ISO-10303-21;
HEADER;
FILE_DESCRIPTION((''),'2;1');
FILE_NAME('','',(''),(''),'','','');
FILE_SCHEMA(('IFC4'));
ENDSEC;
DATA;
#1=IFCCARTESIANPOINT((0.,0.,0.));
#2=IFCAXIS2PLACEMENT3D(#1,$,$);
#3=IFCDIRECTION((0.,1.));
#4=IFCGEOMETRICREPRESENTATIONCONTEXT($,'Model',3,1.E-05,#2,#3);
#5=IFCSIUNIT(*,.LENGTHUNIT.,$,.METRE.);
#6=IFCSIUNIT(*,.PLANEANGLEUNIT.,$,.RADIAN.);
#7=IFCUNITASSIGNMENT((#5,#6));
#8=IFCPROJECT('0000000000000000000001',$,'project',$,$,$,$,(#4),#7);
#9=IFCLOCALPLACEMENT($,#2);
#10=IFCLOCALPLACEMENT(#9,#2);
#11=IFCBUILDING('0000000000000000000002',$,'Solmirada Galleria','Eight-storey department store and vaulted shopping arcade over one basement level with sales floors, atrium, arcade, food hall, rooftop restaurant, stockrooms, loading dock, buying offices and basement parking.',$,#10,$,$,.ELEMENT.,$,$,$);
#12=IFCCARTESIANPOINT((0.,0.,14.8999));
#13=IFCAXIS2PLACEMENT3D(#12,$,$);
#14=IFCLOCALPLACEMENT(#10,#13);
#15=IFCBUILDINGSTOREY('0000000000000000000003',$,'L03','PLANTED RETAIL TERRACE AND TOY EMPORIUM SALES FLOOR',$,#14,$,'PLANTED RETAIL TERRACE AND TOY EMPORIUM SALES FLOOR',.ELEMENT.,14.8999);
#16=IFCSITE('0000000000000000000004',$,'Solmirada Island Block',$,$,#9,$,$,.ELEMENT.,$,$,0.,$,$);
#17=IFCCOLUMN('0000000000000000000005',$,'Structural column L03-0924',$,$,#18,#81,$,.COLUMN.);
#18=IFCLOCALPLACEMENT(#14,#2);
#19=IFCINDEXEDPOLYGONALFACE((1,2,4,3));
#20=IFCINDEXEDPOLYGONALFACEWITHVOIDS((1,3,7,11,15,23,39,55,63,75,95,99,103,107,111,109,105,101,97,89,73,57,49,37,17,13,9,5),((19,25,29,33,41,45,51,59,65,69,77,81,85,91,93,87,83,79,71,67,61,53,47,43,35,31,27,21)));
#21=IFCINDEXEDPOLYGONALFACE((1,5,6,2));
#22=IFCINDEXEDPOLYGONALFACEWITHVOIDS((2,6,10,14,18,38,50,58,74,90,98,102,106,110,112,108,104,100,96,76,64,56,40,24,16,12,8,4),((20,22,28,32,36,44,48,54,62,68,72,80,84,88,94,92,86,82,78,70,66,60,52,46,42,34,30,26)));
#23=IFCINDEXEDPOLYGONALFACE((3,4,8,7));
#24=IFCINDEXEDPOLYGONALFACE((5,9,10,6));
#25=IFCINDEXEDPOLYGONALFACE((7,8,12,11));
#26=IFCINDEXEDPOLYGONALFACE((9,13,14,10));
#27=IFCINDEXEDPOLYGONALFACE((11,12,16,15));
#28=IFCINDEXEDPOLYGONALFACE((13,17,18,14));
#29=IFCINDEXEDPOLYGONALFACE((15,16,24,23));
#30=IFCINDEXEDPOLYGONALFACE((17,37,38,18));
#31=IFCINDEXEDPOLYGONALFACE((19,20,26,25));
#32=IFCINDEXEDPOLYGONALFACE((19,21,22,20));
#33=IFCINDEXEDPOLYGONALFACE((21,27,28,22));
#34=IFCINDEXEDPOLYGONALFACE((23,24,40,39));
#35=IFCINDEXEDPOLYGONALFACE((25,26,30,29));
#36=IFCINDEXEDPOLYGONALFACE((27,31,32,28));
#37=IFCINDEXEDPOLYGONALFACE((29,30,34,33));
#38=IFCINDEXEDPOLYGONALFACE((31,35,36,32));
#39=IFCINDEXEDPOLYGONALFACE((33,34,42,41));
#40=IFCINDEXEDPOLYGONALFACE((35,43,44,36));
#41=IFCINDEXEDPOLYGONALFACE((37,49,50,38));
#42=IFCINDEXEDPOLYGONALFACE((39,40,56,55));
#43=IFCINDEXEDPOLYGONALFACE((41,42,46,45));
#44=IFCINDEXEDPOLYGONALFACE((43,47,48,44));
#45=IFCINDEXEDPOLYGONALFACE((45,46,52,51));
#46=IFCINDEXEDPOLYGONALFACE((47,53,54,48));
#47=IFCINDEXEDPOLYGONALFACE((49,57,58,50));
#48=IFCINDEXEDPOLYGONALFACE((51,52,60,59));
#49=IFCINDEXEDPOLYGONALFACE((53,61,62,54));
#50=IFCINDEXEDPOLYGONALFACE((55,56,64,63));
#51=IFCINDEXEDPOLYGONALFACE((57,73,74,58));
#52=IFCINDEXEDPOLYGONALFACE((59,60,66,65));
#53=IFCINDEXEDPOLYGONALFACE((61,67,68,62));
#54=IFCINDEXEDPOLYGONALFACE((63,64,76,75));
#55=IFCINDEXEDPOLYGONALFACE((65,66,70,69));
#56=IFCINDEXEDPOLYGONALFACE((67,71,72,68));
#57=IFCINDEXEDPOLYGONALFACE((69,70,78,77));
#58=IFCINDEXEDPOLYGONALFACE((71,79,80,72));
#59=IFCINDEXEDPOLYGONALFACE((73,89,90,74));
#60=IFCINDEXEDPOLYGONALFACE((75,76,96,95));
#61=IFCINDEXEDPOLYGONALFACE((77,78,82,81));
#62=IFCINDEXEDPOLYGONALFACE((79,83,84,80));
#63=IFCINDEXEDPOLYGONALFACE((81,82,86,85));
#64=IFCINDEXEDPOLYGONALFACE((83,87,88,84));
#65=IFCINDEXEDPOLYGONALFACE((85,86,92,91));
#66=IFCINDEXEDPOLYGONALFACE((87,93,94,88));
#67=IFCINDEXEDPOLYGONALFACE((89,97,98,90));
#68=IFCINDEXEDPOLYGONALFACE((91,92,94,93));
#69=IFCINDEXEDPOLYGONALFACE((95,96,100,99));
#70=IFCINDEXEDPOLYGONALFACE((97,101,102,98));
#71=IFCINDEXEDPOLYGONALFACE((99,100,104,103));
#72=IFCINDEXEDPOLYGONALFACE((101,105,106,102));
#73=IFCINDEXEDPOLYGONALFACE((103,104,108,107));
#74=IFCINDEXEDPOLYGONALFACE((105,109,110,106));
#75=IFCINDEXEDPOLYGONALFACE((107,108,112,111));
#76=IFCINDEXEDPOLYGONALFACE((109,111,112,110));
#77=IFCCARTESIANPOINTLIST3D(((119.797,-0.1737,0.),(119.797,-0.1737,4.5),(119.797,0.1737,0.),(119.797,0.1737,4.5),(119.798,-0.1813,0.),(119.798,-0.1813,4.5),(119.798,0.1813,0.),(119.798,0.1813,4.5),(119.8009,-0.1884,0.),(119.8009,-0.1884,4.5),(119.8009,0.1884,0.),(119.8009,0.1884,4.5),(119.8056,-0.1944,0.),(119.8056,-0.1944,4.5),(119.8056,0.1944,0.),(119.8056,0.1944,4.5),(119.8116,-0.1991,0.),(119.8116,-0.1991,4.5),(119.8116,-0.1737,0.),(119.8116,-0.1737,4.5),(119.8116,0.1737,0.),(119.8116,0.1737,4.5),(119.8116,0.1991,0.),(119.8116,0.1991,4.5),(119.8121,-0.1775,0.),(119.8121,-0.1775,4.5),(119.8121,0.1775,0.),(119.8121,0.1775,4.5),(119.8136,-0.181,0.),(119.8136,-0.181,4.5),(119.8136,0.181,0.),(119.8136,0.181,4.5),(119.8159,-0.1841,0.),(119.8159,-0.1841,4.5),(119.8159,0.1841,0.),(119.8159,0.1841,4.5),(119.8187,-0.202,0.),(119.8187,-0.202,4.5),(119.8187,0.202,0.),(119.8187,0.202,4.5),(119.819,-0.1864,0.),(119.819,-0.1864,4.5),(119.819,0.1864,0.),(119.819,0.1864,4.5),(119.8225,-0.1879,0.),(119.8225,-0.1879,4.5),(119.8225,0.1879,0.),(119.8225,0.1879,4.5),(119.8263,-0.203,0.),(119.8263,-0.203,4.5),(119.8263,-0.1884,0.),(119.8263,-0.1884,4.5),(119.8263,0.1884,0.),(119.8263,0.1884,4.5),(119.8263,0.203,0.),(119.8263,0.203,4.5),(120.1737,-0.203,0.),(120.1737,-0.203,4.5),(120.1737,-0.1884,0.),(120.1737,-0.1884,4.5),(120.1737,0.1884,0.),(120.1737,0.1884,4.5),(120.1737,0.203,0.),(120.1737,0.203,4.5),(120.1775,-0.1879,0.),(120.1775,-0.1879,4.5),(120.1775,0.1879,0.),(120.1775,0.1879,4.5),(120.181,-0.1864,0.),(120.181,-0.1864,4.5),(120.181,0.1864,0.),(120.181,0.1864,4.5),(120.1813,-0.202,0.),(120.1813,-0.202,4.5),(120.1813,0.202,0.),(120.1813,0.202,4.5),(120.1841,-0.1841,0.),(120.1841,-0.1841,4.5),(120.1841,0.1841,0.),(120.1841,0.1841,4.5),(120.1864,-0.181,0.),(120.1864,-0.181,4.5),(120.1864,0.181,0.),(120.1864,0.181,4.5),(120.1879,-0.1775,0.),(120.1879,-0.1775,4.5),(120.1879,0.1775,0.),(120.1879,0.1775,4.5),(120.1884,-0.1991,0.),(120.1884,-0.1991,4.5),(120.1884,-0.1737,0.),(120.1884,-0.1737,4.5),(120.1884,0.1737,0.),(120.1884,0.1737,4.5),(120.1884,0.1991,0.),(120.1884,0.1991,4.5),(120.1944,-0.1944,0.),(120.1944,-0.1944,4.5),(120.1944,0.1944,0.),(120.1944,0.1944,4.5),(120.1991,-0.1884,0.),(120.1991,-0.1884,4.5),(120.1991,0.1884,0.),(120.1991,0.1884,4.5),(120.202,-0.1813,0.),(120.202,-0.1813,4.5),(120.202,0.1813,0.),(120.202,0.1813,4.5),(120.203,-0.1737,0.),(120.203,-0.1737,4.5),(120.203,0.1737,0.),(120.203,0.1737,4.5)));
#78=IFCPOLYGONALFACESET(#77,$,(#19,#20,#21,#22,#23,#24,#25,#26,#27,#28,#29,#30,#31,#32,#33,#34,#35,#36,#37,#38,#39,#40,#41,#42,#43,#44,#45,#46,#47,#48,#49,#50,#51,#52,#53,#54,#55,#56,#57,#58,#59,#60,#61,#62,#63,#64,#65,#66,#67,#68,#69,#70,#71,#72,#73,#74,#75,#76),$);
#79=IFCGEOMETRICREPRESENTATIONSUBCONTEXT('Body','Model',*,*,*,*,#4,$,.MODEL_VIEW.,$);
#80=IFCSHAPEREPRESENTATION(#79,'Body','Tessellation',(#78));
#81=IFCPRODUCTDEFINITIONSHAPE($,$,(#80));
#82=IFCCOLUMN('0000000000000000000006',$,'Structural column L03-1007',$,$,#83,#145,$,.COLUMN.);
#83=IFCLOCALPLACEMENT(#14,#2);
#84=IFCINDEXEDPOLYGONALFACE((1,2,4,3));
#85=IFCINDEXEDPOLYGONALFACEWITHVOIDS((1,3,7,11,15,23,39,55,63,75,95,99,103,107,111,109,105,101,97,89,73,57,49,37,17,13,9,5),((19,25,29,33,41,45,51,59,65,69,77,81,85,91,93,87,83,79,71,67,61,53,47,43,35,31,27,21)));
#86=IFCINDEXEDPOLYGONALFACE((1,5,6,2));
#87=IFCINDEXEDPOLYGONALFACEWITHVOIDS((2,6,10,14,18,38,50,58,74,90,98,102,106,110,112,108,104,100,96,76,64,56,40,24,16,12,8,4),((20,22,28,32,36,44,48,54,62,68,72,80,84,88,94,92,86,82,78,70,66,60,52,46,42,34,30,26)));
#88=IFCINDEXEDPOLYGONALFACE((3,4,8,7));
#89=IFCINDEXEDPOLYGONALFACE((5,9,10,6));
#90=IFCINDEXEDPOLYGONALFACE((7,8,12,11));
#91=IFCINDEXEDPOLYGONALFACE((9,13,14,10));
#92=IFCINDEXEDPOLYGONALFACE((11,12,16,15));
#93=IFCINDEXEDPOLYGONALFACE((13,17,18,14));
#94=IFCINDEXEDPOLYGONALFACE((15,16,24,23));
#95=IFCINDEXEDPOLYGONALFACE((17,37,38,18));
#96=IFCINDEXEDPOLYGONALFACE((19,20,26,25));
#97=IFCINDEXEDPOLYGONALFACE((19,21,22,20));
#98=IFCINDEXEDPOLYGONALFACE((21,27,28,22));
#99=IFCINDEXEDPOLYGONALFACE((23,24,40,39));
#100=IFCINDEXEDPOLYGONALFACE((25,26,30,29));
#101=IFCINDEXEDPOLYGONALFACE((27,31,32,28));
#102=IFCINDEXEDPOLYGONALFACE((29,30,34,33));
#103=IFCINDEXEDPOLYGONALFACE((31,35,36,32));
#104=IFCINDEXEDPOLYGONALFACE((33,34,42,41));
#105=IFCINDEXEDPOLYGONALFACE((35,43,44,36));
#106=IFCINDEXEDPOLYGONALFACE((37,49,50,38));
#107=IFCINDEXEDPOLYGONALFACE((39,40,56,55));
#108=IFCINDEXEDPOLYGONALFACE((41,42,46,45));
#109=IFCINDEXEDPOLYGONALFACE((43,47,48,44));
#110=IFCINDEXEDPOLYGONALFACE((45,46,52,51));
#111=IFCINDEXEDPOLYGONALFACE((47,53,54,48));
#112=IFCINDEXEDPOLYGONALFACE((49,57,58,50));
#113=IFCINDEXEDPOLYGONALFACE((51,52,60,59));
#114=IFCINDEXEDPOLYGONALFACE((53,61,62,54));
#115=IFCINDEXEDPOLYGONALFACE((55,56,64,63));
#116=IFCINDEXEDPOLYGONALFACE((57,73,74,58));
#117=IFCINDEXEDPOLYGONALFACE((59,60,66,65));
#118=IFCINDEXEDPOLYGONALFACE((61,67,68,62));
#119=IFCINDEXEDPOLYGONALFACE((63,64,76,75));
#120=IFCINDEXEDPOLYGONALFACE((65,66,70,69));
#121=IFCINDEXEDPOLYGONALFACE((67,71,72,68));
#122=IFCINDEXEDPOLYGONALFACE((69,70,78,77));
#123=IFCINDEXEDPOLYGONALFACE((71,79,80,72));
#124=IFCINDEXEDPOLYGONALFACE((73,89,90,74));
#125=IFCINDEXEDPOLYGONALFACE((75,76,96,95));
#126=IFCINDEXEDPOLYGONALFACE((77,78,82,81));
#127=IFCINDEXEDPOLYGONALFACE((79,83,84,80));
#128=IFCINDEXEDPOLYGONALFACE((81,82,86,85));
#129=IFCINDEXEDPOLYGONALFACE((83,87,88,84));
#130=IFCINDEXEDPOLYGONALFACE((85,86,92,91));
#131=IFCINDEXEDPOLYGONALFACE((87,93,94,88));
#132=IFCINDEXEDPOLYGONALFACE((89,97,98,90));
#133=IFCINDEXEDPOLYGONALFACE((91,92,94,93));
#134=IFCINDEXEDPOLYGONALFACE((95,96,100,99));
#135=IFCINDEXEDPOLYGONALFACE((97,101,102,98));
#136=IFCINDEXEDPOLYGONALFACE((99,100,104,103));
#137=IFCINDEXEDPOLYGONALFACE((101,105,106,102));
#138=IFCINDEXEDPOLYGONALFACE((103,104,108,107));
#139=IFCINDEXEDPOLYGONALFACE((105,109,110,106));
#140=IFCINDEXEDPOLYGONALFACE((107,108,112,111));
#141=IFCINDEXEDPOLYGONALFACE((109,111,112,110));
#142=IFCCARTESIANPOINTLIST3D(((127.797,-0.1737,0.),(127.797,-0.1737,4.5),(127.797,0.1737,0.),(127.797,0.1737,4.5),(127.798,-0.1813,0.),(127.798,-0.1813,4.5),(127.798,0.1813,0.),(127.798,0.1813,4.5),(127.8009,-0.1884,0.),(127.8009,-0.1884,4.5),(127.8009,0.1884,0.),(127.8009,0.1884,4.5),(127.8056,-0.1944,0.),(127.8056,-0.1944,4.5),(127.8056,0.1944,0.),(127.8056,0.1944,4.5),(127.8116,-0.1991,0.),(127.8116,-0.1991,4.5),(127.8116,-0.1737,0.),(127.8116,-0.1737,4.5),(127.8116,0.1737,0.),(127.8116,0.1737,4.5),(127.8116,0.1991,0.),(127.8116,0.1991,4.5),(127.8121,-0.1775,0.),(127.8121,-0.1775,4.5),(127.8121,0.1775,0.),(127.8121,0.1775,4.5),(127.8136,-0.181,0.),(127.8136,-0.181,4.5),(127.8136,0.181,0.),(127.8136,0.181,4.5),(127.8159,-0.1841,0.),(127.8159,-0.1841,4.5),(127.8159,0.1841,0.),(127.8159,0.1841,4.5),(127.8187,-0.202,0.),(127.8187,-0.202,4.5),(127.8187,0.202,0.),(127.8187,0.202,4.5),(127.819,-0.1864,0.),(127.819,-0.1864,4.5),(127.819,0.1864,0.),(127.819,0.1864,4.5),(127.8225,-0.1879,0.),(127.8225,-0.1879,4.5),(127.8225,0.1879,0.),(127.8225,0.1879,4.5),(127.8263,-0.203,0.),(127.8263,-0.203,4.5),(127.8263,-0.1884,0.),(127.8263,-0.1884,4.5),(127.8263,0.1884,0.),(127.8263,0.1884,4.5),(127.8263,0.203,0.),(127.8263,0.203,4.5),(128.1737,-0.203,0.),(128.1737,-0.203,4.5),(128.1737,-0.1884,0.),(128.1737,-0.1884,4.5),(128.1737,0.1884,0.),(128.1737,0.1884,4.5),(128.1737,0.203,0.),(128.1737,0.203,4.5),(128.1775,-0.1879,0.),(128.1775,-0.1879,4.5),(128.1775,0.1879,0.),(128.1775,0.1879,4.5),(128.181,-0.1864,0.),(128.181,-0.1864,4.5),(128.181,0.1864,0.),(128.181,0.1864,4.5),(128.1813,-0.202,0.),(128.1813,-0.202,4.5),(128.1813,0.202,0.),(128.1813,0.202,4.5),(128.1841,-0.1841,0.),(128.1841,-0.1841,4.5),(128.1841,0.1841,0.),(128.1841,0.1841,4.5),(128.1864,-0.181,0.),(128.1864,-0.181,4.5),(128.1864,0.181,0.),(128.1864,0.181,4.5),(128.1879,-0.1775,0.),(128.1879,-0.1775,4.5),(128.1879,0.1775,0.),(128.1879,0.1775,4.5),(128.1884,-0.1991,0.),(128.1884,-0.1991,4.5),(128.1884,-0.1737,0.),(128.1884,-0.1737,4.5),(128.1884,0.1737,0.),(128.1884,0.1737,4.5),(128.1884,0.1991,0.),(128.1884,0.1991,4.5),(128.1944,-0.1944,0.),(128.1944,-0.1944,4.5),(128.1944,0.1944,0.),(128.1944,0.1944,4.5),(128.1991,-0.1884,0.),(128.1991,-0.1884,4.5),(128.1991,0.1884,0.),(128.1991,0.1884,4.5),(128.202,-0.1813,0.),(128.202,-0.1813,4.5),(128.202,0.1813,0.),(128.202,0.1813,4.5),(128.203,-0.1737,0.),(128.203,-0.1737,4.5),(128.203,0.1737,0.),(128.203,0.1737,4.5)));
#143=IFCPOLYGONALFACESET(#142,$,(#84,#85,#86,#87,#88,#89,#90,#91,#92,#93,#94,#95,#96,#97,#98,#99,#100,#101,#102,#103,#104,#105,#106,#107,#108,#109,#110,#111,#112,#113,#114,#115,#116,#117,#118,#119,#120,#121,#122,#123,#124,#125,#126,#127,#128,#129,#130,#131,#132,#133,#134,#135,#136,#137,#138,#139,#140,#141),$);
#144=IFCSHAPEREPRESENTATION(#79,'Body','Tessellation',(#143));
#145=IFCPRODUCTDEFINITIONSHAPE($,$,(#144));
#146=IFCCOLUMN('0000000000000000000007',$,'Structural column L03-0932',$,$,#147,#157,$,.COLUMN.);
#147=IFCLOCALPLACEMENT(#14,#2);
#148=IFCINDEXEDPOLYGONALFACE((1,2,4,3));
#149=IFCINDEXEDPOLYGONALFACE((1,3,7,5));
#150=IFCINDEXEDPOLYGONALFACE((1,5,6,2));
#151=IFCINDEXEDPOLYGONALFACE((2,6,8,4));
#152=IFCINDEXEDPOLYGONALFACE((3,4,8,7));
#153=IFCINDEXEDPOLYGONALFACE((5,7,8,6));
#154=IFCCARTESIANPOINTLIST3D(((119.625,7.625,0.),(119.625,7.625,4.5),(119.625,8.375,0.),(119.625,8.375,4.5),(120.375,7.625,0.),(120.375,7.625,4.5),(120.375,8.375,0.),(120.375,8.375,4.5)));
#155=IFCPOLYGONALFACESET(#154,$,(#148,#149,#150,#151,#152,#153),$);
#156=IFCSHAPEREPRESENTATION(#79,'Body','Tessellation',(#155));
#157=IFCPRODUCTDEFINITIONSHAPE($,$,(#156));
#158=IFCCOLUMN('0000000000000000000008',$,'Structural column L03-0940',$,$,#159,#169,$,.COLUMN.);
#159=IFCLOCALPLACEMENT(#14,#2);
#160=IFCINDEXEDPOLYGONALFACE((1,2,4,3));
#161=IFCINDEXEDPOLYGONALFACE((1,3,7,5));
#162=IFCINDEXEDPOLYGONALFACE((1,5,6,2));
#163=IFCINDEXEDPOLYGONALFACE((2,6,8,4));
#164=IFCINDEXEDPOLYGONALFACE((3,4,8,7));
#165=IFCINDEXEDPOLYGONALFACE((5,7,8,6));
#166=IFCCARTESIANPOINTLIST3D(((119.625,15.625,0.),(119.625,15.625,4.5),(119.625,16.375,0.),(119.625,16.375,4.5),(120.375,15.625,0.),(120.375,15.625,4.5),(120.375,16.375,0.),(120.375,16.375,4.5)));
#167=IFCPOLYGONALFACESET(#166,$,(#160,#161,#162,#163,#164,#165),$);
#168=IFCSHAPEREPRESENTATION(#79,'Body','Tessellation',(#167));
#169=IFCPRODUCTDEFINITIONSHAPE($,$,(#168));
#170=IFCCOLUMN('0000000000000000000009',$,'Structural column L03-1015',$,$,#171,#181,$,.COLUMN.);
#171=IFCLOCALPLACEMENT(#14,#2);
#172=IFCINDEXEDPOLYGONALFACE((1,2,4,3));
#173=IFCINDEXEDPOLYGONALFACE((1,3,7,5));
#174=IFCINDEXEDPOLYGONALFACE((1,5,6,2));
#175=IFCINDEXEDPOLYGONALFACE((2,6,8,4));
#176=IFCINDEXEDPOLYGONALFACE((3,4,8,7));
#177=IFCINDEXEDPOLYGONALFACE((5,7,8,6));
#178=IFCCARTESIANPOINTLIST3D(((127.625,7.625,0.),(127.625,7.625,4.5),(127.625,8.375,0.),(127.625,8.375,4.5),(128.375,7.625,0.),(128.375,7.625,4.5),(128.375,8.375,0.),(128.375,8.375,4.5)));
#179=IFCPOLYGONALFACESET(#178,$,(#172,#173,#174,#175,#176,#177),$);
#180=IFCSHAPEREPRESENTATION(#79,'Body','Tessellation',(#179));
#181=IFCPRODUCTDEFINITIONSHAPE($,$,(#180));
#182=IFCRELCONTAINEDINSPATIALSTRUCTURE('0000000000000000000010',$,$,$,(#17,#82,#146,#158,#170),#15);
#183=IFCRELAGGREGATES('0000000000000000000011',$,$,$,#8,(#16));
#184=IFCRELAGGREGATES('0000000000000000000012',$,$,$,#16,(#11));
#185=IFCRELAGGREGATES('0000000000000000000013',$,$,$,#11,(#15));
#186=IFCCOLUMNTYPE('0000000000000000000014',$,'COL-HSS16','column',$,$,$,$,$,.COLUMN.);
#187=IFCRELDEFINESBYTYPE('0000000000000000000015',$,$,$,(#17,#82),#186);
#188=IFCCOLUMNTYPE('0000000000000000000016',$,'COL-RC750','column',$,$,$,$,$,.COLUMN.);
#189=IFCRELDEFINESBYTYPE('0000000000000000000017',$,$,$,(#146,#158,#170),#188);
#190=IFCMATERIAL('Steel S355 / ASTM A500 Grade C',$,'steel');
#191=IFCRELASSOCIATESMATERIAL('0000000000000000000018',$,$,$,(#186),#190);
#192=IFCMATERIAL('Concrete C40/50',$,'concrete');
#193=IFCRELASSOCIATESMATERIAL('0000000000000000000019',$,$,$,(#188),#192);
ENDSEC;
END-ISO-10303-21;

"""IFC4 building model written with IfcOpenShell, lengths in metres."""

from ifc_helpers import new_model, si_unit, direction, frame, origin, origin_2d, place, context, subcontext, project, spatial, rectangle, hollow_rectangle, extrude, material, material_profile, profile_set, type_object, element, save


model = new_model("IFC4")

# Units and contexts
model_context = context("Model", 3, precision=1e-05, world=origin(), true_north=direction((0.0, 1.0)))
body_context = subcontext(model_context, "Body", "Model", "MODEL_VIEW")
ifc_project = project(units=[si_unit("LENGTHUNIT", "METRE"), si_unit("PLANEANGLEUNIT", "RADIAN")], contexts=[model_context])

# Site, building, storey
site_placement = place(None, origin())
site = spatial("IfcSite", under=ifc_project, at=site_placement, Name="Solmirada Island Block", CompositionType="ELEMENT", RefElevation=0.0)
building_placement = place(site_placement, origin())
building = spatial("IfcBuilding", under=site, at=building_placement, Name="Solmirada Galleria", Description="Eight-storey department store and vaulted shopping arcade over one basement level with sales floors, atrium, arcade, food hall, rooftop restaurant, stockrooms, loading dock, buying offices and basement parking.", CompositionType="ELEMENT")
storey_placement = place(building_placement, frame((0.0, 0.0, 14.8999)))
storey = spatial("IfcBuildingStorey", under=building, at=storey_placement, Name="L03", Description="PLANTED RETAIL TERRACE AND TOY EMPORIUM SALES FLOOR", LongName="PLANTED RETAIL TERRACE AND TOY EMPORIUM SALES FLOOR", CompositionType="ELEMENT", Elevation=14.8999)

# Columns
ifc_material_1 = material(Name="Steel S355 / ASTM A500 Grade C", Category="steel")
ifc_material_profile_1 = material_profile(ifc_material_1, hollow_rectangle(XDim=0.406, YDim=0.406, WallThickness=0.0146, InnerFilletRadius=0.0146, OuterFilletRadius=0.0293, at=origin_2d()), Name="HSS16X16X5/8")
ifc_profile_set_1 = profile_set([ifc_material_profile_1], Name="Steel S355 / ASTM A500 Grade C")
column_type_1 = type_object("IfcColumnType", Name="COL-HSS16", Description="column", PredefinedType="COLUMN", material=ifc_profile_set_1)
for number, where, z_axis, x_axis, name in (
    (1, (120.0, 0.0, 0.0), (0.0, 0.0, 1.0), (1.0, 0.0, 0.0), "Structural column L03-0924"),
    (2, (128.0, 0.0, 0.0), (0.0, 0.0, 1.0), (1.0, 0.0, 0.0), "Structural column L03-1007"),
):
    element("IfcColumn", number, at=place(storey_placement, frame(where, z_axis=z_axis, x_axis=x_axis)), inside=storey, type_object=column_type_1, Name=name, PredefinedType="COLUMN", context=body_context, shape_type="SweptSolid", body=[
        extrude(hollow_rectangle(XDim=0.406, YDim=0.406, WallThickness=0.0146, InnerFilletRadius=0.0146, OuterFilletRadius=0.0293, at=origin_2d()), origin(), (0.0, 0.0, 1.0), 4.5),
    ])
ifc_material_2 = material(Name="Concrete C40/50", Category="concrete")
ifc_material_profile_2 = material_profile(ifc_material_2, rectangle(XDim=0.75, YDim=0.75, at=origin_2d()), Name="RC750X750")
ifc_profile_set_2 = profile_set([ifc_material_profile_2], Name="Concrete C40/50")
column_type_2 = type_object("IfcColumnType", Name="COL-RC750", Description="column", PredefinedType="COLUMN", material=ifc_profile_set_2)
for number, where, z_axis, x_axis, name in (
    (3, (120.0, 8.0, 0.0), (0.0, 0.0, 1.0), (1.0, 0.0, 0.0), "Structural column L03-0932"),
    (4, (120.0, 16.0, 0.0), (0.0, 0.0, 1.0), (1.0, 0.0, 0.0), "Structural column L03-0940"),
    (5, (128.0, 8.0, 0.0), (0.0, 0.0, 1.0), (1.0, 0.0, 0.0), "Structural column L03-1015"),
):
    element("IfcColumn", number, at=place(storey_placement, frame(where, z_axis=z_axis, x_axis=x_axis)), inside=storey, type_object=column_type_2, Name=name, PredefinedType="COLUMN", context=body_context, shape_type="SweptSolid", body=[
        extrude(rectangle(XDim=0.75, YDim=0.75, at=origin_2d()), origin(), (0.0, 0.0, 1.0), 4.5),
    ])

save(model, "model.ifc")
